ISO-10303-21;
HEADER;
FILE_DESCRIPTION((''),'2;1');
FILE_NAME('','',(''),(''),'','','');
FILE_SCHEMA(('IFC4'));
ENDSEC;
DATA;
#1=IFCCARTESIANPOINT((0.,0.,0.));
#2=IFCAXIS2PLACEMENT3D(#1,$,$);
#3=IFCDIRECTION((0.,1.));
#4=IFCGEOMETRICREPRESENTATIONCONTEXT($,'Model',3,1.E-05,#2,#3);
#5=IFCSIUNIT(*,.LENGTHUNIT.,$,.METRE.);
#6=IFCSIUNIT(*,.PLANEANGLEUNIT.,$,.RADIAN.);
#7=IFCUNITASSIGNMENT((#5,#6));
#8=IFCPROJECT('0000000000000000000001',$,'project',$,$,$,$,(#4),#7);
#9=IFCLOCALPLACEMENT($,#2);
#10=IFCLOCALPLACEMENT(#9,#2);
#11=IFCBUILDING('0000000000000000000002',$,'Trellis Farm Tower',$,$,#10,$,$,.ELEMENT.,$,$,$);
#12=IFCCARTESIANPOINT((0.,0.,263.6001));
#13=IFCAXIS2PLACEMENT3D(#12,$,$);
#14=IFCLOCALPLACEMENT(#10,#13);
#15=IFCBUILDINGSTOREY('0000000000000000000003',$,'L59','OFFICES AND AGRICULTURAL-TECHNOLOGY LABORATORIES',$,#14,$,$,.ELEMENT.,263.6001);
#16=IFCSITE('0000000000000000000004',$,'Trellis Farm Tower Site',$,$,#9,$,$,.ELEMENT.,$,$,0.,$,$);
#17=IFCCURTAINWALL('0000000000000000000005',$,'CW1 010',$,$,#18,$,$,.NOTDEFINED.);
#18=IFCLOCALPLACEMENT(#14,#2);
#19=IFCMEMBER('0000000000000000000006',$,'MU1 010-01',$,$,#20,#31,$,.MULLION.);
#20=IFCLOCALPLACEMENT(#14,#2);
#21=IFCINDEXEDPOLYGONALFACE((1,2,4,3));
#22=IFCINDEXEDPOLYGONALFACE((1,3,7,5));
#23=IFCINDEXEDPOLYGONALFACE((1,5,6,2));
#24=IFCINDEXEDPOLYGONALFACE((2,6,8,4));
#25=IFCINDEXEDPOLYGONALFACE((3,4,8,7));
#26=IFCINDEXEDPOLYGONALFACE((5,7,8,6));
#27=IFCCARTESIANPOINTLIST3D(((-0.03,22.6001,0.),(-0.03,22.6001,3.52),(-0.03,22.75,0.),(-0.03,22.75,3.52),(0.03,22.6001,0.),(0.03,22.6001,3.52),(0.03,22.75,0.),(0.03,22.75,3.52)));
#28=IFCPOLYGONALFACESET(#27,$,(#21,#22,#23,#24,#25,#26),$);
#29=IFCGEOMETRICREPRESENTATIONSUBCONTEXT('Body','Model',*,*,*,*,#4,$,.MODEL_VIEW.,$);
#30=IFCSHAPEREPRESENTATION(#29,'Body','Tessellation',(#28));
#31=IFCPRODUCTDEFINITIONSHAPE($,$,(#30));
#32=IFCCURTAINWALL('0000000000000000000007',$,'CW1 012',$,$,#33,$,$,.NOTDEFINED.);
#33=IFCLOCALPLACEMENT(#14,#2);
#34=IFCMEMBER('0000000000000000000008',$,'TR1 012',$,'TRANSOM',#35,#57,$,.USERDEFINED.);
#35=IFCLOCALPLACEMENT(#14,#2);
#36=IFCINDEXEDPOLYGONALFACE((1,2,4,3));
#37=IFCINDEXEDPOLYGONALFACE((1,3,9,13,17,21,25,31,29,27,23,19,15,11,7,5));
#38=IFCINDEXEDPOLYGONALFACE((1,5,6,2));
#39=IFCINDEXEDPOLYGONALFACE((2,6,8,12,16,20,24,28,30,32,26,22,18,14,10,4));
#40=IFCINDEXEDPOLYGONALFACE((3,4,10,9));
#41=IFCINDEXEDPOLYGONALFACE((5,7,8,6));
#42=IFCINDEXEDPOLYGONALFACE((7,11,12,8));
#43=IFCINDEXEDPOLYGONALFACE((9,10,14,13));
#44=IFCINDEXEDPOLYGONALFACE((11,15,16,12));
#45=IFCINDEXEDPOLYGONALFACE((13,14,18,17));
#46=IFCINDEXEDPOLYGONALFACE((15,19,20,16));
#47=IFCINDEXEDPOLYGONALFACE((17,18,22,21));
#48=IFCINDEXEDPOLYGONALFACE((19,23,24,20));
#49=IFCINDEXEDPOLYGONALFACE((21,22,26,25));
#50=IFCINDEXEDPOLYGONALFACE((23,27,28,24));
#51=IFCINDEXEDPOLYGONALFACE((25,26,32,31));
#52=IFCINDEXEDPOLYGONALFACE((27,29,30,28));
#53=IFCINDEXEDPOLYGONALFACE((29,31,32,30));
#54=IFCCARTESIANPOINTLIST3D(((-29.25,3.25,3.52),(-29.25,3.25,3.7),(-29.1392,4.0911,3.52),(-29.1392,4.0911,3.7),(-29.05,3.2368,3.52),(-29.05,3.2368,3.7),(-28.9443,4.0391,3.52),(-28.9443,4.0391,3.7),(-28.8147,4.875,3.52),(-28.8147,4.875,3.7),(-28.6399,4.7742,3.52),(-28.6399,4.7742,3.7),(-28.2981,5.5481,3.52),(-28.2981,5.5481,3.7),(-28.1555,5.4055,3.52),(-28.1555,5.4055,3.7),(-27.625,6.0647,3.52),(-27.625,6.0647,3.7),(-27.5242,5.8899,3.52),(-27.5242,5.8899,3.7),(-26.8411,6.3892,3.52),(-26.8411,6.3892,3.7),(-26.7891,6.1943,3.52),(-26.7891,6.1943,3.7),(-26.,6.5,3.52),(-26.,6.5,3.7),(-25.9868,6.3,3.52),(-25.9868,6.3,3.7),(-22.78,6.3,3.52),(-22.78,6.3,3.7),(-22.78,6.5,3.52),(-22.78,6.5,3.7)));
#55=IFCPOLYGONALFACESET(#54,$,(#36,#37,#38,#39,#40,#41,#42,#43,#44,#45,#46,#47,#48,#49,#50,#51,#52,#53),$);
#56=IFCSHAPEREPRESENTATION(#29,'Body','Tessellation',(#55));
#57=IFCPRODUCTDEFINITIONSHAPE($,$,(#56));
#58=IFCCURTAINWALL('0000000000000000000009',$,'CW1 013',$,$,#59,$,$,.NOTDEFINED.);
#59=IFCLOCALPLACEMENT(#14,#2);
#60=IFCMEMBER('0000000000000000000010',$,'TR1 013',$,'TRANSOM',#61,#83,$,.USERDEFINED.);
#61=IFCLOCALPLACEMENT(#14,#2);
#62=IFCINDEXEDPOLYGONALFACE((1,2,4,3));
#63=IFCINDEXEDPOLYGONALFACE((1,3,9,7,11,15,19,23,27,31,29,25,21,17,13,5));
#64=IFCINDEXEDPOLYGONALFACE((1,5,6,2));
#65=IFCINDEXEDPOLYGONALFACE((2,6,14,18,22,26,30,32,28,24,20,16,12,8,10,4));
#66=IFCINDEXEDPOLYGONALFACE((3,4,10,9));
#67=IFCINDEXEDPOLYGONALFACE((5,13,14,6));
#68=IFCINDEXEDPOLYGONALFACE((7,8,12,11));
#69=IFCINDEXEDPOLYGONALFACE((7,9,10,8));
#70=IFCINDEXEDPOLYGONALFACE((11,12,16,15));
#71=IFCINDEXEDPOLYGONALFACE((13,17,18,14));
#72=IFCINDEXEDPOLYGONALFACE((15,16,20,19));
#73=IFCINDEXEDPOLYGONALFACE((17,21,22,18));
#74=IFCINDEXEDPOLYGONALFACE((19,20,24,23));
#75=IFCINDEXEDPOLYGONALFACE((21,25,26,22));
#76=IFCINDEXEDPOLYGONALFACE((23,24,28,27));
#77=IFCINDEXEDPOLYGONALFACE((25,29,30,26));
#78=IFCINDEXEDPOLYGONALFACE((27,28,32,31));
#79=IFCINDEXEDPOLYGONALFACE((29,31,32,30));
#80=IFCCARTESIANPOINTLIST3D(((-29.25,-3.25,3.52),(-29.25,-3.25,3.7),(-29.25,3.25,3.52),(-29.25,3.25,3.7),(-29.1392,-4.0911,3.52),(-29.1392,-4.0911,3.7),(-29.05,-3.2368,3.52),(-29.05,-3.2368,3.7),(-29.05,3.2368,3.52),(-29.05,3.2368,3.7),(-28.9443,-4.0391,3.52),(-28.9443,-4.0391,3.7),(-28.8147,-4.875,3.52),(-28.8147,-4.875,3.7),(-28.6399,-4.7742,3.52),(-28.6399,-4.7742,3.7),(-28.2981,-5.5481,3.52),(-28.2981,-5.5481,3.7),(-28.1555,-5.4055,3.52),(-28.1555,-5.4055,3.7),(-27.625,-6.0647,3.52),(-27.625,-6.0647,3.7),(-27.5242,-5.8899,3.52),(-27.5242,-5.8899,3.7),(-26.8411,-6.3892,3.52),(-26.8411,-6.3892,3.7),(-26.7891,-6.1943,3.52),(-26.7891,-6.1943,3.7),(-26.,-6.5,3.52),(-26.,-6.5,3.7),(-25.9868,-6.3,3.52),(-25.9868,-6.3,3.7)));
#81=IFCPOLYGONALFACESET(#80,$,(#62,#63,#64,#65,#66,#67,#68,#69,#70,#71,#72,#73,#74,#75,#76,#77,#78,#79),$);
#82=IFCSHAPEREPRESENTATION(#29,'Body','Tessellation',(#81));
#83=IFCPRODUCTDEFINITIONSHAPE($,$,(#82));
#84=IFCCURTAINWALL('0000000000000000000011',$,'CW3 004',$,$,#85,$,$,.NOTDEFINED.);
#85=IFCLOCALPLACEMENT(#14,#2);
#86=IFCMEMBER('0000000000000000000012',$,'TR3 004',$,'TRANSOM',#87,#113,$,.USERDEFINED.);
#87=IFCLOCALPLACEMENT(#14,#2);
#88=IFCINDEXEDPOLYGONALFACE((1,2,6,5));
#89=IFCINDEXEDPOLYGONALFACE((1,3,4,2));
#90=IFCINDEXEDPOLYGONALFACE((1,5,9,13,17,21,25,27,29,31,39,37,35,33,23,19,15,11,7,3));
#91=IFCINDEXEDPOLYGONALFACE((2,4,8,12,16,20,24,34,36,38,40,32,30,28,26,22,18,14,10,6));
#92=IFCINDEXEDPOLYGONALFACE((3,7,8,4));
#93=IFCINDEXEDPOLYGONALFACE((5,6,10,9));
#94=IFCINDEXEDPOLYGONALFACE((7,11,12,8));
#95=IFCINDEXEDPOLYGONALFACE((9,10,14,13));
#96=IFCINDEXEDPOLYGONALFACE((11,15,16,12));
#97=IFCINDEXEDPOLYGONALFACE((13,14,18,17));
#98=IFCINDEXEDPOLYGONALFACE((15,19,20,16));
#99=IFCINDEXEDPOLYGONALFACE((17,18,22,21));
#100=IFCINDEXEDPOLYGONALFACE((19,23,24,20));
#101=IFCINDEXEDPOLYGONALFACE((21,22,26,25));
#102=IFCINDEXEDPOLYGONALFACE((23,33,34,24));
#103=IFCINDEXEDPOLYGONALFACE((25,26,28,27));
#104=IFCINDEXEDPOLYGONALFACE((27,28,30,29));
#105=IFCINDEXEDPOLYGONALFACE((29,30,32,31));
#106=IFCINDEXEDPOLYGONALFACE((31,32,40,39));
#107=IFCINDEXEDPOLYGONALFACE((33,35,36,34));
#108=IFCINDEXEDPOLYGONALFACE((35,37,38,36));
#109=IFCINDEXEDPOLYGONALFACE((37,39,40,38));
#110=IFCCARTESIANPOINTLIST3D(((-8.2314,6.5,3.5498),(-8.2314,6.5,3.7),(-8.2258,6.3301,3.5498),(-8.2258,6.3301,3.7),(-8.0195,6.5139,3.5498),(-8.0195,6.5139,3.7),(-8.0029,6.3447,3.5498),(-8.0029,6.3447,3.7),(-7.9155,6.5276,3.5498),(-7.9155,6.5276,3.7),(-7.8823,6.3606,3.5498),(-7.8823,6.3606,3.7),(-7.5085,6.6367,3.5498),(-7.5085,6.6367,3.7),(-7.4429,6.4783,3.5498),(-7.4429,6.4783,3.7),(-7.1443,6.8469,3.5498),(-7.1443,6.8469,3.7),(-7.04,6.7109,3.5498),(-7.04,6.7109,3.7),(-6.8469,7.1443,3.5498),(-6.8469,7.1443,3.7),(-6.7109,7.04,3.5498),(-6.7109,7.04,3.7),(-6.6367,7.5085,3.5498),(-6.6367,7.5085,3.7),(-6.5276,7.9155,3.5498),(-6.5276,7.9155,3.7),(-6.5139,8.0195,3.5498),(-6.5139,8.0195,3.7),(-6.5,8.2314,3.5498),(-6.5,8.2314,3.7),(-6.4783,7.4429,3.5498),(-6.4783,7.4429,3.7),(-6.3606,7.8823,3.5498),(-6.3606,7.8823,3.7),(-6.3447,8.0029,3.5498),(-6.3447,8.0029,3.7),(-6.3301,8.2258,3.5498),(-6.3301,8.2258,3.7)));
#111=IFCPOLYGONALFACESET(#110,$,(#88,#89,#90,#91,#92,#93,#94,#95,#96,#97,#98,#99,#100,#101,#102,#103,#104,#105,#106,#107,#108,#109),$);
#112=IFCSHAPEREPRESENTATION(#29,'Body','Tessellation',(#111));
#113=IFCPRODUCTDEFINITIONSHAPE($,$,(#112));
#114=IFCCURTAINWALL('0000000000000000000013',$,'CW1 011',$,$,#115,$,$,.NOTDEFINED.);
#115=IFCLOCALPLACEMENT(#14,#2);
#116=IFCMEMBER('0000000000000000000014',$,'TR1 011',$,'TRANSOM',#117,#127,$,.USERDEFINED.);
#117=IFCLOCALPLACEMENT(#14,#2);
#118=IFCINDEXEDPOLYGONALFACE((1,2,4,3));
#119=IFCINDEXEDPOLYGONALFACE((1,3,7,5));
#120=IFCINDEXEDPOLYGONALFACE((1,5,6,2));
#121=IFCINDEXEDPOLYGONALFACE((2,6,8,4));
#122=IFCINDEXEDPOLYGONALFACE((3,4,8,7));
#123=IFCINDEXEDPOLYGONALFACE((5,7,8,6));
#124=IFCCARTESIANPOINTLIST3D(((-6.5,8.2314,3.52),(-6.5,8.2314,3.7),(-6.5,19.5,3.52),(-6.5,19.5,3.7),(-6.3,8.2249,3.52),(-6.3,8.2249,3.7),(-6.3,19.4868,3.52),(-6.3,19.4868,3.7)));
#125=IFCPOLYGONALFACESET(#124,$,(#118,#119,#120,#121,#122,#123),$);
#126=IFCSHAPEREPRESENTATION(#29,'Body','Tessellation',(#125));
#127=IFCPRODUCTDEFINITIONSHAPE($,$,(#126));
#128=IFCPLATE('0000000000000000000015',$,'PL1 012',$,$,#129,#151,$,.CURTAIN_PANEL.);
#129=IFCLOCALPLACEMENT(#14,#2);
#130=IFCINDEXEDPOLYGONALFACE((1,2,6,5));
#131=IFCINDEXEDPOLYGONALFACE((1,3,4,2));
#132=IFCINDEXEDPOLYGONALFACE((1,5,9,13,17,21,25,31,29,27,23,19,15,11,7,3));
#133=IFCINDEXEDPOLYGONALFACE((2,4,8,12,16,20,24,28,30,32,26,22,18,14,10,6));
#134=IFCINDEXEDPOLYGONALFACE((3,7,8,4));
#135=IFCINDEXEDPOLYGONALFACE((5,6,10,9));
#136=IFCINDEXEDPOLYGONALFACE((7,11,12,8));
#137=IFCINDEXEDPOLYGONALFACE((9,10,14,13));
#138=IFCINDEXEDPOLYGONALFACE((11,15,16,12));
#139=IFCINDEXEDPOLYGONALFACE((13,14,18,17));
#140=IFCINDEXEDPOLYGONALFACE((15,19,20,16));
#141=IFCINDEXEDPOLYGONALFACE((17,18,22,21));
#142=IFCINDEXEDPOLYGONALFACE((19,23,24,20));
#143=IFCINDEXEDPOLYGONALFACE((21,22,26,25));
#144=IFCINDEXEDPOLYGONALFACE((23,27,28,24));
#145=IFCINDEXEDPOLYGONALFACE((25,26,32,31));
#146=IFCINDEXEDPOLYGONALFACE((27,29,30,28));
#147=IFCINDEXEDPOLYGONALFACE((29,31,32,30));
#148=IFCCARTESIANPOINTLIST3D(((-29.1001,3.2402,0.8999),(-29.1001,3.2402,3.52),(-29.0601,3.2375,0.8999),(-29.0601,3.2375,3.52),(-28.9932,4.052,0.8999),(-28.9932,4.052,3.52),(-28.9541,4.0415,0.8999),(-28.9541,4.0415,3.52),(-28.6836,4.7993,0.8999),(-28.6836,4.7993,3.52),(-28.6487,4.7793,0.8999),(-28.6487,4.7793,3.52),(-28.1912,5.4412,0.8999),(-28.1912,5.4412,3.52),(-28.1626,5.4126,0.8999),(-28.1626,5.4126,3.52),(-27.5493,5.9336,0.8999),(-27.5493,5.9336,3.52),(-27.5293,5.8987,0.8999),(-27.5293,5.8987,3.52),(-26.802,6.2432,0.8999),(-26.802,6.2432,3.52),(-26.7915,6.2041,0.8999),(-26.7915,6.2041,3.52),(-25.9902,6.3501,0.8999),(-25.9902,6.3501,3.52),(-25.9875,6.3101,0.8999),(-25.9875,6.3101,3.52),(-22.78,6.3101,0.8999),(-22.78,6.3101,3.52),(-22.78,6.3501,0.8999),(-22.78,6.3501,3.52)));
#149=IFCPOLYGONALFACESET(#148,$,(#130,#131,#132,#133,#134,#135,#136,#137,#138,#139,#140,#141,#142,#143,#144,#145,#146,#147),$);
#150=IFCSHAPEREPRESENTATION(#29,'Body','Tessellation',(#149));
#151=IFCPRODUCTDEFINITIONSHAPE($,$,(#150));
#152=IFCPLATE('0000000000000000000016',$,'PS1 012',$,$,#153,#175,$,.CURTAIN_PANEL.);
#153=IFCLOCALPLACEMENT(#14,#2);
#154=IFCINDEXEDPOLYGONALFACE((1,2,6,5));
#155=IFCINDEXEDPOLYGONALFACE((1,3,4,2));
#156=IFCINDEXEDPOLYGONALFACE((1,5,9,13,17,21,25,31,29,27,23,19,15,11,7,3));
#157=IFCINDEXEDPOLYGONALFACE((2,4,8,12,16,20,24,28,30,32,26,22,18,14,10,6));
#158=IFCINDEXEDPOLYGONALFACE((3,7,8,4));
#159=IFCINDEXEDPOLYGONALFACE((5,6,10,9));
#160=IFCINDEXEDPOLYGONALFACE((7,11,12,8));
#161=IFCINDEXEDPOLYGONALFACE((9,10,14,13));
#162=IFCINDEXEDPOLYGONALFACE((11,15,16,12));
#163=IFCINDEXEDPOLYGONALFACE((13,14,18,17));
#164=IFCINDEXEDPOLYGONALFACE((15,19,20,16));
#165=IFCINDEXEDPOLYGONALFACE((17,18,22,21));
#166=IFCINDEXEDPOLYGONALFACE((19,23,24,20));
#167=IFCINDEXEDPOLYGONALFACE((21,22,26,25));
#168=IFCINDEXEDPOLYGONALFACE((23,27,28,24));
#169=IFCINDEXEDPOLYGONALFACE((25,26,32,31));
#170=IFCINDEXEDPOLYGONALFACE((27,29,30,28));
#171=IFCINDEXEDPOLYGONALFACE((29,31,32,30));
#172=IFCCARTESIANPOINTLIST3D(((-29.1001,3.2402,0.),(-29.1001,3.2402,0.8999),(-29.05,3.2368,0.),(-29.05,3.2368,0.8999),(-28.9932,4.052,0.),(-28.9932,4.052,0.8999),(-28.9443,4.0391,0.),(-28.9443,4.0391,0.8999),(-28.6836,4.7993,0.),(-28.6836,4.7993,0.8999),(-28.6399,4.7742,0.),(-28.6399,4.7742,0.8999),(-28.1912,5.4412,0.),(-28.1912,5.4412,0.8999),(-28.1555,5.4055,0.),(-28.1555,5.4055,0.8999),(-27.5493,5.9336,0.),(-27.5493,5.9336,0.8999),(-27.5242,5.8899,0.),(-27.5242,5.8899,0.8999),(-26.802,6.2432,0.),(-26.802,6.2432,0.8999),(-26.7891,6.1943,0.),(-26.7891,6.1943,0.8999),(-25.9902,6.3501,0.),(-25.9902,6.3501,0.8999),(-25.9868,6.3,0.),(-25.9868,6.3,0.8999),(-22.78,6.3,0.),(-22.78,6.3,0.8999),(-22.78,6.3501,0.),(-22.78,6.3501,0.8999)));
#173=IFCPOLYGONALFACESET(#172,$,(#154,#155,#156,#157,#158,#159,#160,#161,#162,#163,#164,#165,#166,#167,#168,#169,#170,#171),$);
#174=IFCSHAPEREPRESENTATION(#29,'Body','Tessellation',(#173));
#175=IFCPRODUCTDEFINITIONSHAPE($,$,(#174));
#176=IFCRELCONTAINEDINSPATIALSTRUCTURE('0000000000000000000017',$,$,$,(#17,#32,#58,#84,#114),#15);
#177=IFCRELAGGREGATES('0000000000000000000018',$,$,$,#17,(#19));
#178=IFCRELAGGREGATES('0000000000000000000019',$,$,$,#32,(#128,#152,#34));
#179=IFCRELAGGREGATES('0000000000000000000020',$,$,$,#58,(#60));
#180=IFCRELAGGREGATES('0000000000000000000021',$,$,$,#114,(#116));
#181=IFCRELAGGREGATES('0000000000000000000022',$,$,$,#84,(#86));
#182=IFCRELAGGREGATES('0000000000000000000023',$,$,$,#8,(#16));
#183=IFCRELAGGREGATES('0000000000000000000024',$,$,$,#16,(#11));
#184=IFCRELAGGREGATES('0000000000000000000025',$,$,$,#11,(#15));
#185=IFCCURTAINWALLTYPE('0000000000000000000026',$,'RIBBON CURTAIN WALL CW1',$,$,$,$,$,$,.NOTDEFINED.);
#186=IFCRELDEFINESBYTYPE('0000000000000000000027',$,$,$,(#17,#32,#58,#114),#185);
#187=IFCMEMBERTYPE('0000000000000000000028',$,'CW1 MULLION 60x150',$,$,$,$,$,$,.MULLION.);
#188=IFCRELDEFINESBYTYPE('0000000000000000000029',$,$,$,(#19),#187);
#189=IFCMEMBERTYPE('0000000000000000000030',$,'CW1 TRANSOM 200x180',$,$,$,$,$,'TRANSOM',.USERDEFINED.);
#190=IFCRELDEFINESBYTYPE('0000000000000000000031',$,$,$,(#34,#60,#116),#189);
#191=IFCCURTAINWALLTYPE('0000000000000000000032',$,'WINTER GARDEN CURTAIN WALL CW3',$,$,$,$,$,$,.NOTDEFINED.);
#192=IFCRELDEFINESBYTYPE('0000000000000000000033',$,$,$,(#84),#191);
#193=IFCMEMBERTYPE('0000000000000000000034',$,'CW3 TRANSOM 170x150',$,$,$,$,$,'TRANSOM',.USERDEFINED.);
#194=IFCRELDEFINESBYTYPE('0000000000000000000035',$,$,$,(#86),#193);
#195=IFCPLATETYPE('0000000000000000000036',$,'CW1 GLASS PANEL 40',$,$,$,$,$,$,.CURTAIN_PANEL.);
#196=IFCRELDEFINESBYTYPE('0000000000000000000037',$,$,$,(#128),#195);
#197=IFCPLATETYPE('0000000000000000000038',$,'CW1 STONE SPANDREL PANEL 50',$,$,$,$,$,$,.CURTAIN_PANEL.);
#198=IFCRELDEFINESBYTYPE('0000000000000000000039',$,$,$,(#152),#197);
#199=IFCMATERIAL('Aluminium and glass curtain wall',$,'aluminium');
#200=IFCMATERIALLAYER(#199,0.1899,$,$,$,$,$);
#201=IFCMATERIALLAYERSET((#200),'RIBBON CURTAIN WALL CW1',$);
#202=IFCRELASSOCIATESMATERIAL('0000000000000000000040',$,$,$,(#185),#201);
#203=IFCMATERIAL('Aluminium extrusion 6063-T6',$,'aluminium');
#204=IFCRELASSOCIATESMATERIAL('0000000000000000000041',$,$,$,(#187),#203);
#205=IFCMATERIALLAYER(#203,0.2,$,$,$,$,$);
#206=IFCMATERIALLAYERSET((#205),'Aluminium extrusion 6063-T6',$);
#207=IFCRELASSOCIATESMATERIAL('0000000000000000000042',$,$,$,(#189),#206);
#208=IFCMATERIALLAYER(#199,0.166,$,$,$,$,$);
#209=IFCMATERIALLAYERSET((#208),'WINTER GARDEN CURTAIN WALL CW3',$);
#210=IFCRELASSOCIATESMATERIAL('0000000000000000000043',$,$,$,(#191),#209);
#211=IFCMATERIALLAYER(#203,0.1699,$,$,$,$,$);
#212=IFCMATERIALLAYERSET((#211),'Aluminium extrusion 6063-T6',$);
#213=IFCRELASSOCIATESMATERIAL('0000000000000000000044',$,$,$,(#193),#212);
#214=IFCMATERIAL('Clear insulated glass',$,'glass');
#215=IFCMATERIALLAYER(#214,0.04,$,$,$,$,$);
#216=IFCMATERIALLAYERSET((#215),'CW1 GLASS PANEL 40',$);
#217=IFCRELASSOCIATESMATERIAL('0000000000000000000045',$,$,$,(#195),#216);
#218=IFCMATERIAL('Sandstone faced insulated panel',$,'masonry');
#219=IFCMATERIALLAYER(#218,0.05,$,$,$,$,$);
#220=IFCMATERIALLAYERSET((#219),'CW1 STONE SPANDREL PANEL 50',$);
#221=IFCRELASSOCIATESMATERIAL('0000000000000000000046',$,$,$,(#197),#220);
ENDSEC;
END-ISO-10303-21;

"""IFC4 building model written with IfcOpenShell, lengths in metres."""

from ifc_helpers import new_model, si_unit, direction, frame, origin, origin_2d, place, context, subcontext, project, spatial, polyline, rectangle, outline, extrude, source, transform, mapped, material, layer, layer_set, material_profile, profile_set, type_object, element, aggregate, save


model = new_model("IFC4")

# Units and contexts
model_context = context("Model", 3, precision=1e-05, world=origin(), true_north=direction((0.0, 1.0)))
body_context = subcontext(model_context, "Body", "Model", "MODEL_VIEW")
ifc_project = project(units=[si_unit("LENGTHUNIT", "METRE"), si_unit("PLANEANGLEUNIT", "RADIAN")], contexts=[model_context])

# Site, building, storey
site_placement = place(None, origin())
site = spatial("IfcSite", under=ifc_project, at=site_placement, Name="Trellis Farm Tower Site", CompositionType="ELEMENT", RefElevation=0.0)
building_placement = place(site_placement, origin())
building = spatial("IfcBuilding", under=site, at=building_placement, Name="Trellis Farm Tower", CompositionType="ELEMENT")
storey_placement = place(building_placement, frame((0.0, 0.0, 263.6001)))
storey = spatial("IfcBuildingStorey", under=building, at=storey_placement, Name="L59", Description="OFFICES AND AGRICULTURAL-TECHNOLOGY LABORATORIES", CompositionType="ELEMENT", Elevation=263.6001)

# Curtain walls, members
ifc_material_1 = material(Name="Aluminium and glass curtain wall", Category="aluminium")
ifc_layer_1 = layer(ifc_material_1, 0.1899)
ifc_layer_set_1 = layer_set([ifc_layer_1], Name="RIBBON CURTAIN WALL CW1")
curtain_wall_type_1 = type_object("IfcCurtainWallType", Name="RIBBON CURTAIN WALL CW1", PredefinedType="NOTDEFINED", material=ifc_layer_set_1)
placement_1 = place(storey_placement, origin())
curtain_wall_1 = element("IfcCurtainWall", 1, at=placement_1, inside=storey, type_object=curtain_wall_type_1, Name="CW1 010", PredefinedType="NOTDEFINED")
ifc_material_2 = material(Name="Aluminium extrusion 6063-T6", Category="aluminium")
ifc_material_profile = material_profile(ifc_material_2, rectangle(XDim=0.0601, YDim=0.1499, at=origin_2d()), Name="MULLION 60x150")
ifc_profile_set = profile_set([ifc_material_profile], Name="Aluminium extrusion 6063-T6")
member_type_1 = type_object("IfcMemberType", Name="CW1 MULLION 60x150", PredefinedType="MULLION", material=ifc_profile_set)
shared_shape_1 = source(origin(), body_context, "Body", "SweptSolid", [
    extrude(rectangle(XDim=0.0601, YDim=0.1499, at=origin_2d()), origin(), (0.0, 0.0, 1.0), 3.52),
])
member_1_placement = place(storey_placement, frame((0.0, 22.675, 0.0), z_axis=(0.0, 0.0, 1.0), x_axis=(-1.0, 0.0, 0.0)))
member_1 = element("IfcMember", 2, at=member_1_placement, type_object=member_type_1, Name="MU1 010-01", PredefinedType="MULLION", context=body_context, shape_type="MappedRepresentation", body=[
    mapped(shared_shape_1, transform((0.0, 0.0, 0.0))),
])
aggregate(curtain_wall_1, [member_1])
curtain_wall_2 = element("IfcCurtainWall", 3, at=placement_1, inside=storey, type_object=curtain_wall_type_1, Name="CW1 012", PredefinedType="NOTDEFINED")
ifc_layer_2 = layer(ifc_material_2, 0.2)
ifc_layer_set_2 = layer_set([ifc_layer_2], Name="Aluminium extrusion 6063-T6")
member_type_2 = type_object("IfcMemberType", Name="CW1 TRANSOM 200x180", ElementType="TRANSOM", PredefinedType="USERDEFINED", material=ifc_layer_set_2)
shared_shape_2 = source(origin(), body_context, "Body", "SweptSolid", [
    extrude(outline(polyline([(-22.78, 6.5), (-26.0, 6.5), (-26.8411, 6.3892), (-27.625, 6.0647), (-28.2981, 5.5481), (-28.8147, 4.875), (-29.1392, 4.0911), (-29.25, 3.25), (-29.05, 3.2368), (-28.9443, 4.0391), (-28.6399, 4.7742), (-28.1555, 5.4055), (-27.5242, 5.8899), (-26.7891, 6.1943), (-25.9868, 6.3), (-22.78, 6.3), (-22.78, 6.5)])), origin(), (0.0, 0.0, 1.0), 0.1799),
])
placement_2 = place(storey_placement, frame((0.0, 0.0, 3.52)))
member_2 = element("IfcMember", 4, at=placement_2, type_object=member_type_2, Name="TR1 012", ObjectType="TRANSOM", PredefinedType="USERDEFINED", context=body_context, shape_type="MappedRepresentation", body=[
    mapped(shared_shape_2, transform((0.0, 0.0, 0.0))),
])
curtain_wall_3 = element("IfcCurtainWall", 5, at=placement_1, inside=storey, type_object=curtain_wall_type_1, Name="CW1 013", PredefinedType="NOTDEFINED")
shared_shape_3 = source(origin(), body_context, "Body", "SweptSolid", [
    extrude(outline(polyline([(-29.25, 3.25), (-29.25, -3.25), (-29.1392, -4.0911), (-28.8147, -4.875), (-28.2981, -5.5481), (-27.625, -6.0647), (-26.8411, -6.3892), (-26.0, -6.5), (-25.9868, -6.3), (-26.7891, -6.1943), (-27.5242, -5.8899), (-28.1555, -5.4055), (-28.6399, -4.7742), (-28.9443, -4.0391), (-29.05, -3.2368), (-29.05, 3.2368), (-29.25, 3.25)])), origin(), (0.0, 0.0, 1.0), 0.1799),
])
member_3 = element("IfcMember", 6, at=placement_2, type_object=member_type_2, Name="TR1 013", ObjectType="TRANSOM", PredefinedType="USERDEFINED", context=body_context, shape_type="MappedRepresentation", body=[
    mapped(shared_shape_3, transform((0.0, 0.0, 0.0))),
])
ifc_layer_3 = layer(ifc_material_1, 0.166)
ifc_layer_set_3 = layer_set([ifc_layer_3], Name="WINTER GARDEN CURTAIN WALL CW3")
curtain_wall_type_2 = type_object("IfcCurtainWallType", Name="WINTER GARDEN CURTAIN WALL CW3", PredefinedType="NOTDEFINED", material=ifc_layer_set_3)
curtain_wall_4 = element("IfcCurtainWall", 7, at=placement_1, inside=storey, type_object=curtain_wall_type_2, Name="CW3 004", PredefinedType="NOTDEFINED")
ifc_layer_4 = layer(ifc_material_2, 0.1699)
ifc_layer_set_4 = layer_set([ifc_layer_4], Name="Aluminium extrusion 6063-T6")
member_type_3 = type_object("IfcMemberType", Name="CW3 TRANSOM 170x150", ElementType="TRANSOM", PredefinedType="USERDEFINED", material=ifc_layer_set_4)
shared_shape_4 = source(origin(), body_context, "Body", "SweptSolid", [
    extrude(outline(polyline([(-6.5, 8.2314), (-6.5139, 8.0195), (-6.5276, 7.9155), (-6.6367, 7.5085), (-6.8469, 7.1443), (-7.1443, 6.8469), (-7.5085, 6.6367), (-7.9155, 6.5276), (-8.0195, 6.5139), (-8.2314, 6.5), (-8.2258, 6.3301), (-8.0029, 6.3447), (-7.8823, 6.3606), (-7.4429, 6.4783), (-7.04, 6.7109), (-6.7109, 7.04), (-6.4783, 7.4429), (-6.3606, 7.8823), (-6.3447, 8.0029), (-6.3301, 8.2258), (-6.5, 8.2314)])), origin(), (0.0, 0.0, 1.0), 0.1501),
])
member_4_placement = place(storey_placement, frame((0.0, 0.0, 3.5498)))
member_4 = element("IfcMember", 8, at=member_4_placement, type_object=member_type_3, Name="TR3 004", ObjectType="TRANSOM", PredefinedType="USERDEFINED", context=body_context, shape_type="MappedRepresentation", body=[
    mapped(shared_shape_4, transform((0.0, 0.0, 0.0))),
])
curtain_wall_5 = element("IfcCurtainWall", 9, at=placement_1, inside=storey, type_object=curtain_wall_type_1, Name="CW1 011", PredefinedType="NOTDEFINED")
shared_shape_5 = source(origin(), body_context, "Body", "SweptSolid", [
    extrude(outline(polyline([(-6.5, 19.5), (-6.5, 8.2314), (-6.3, 8.2249), (-6.3, 19.4868), (-6.5, 19.5)])), origin(), (0.0, 0.0, 1.0), 0.1799),
])
member_5 = element("IfcMember", 10, at=placement_2, type_object=member_type_2, Name="TR1 011", ObjectType="TRANSOM", PredefinedType="USERDEFINED", context=body_context, shape_type="MappedRepresentation", body=[
    mapped(shared_shape_5, transform((0.0, 0.0, 0.0))),
])

# Plates
ifc_material_3 = material(Name="Clear insulated glass", Category="glass")
ifc_layer_5 = layer(ifc_material_3, 0.04)
ifc_layer_set_5 = layer_set([ifc_layer_5], Name="CW1 GLASS PANEL 40")
plate_type_1 = type_object("IfcPlateType", Name="CW1 GLASS PANEL 40", PredefinedType="CURTAIN_PANEL", material=ifc_layer_set_5)
shared_shape_6 = source(origin(), body_context, "Body", "SweptSolid", [
    extrude(outline(polyline([(-22.78, 6.3501), (-25.9902, 6.3501), (-26.802, 6.2432), (-27.5493, 5.9336), (-28.1912, 5.4412), (-28.6836, 4.7993), (-28.9932, 4.052), (-29.1001, 3.2402), (-29.0601, 3.2375), (-28.9541, 4.0415), (-28.6487, 4.7793), (-28.1626, 5.4126), (-27.5293, 5.8987), (-26.7915, 6.2041), (-25.9875, 6.3101), (-22.78, 6.3101), (-22.78, 6.3501)])), origin(), (0.0, 0.0, 1.0), 2.6201),
])
placement_3 = place(storey_placement, frame((0.0, 0.0, 0.8999)))
plate_1 = element("IfcPlate", 11, at=placement_3, type_object=plate_type_1, Name="PL1 012", PredefinedType="CURTAIN_PANEL", context=body_context, shape_type="MappedRepresentation", body=[
    mapped(shared_shape_6, transform((0.0, 0.0, 0.0))),
])
ifc_material_4 = material(Name="Sandstone faced insulated panel", Category="masonry")
ifc_layer_6 = layer(ifc_material_4, 0.05)
ifc_layer_set_6 = layer_set([ifc_layer_6], Name="CW1 STONE SPANDREL PANEL 50")
plate_type_2 = type_object("IfcPlateType", Name="CW1 STONE SPANDREL PANEL 50", PredefinedType="CURTAIN_PANEL", material=ifc_layer_set_6)
shared_shape_7 = source(origin(), body_context, "Body", "SweptSolid", [
    extrude(outline(polyline([(-22.78, 6.3501), (-25.9902, 6.3501), (-26.802, 6.2432), (-27.5493, 5.9336), (-28.1912, 5.4412), (-28.6836, 4.7993), (-28.9932, 4.052), (-29.1001, 3.2402), (-29.05, 3.2368), (-28.9443, 4.0391), (-28.6399, 4.7742), (-28.1555, 5.4055), (-27.5242, 5.8899), (-26.7891, 6.1943), (-25.9868, 6.3), (-22.78, 6.3), (-22.78, 6.3501)])), origin(), (0.0, 0.0, 1.0), 0.8999),
])
plate_2 = element("IfcPlate", 12, at=placement_1, type_object=plate_type_2, Name="PS1 012", PredefinedType="CURTAIN_PANEL", context=body_context, shape_type="MappedRepresentation", body=[
    mapped(shared_shape_7, transform((0.0, 0.0, 0.0))),
])
aggregate(curtain_wall_2, [plate_1, plate_2, member_2])
aggregate(curtain_wall_3, [member_3])
aggregate(curtain_wall_5, [member_5])
aggregate(curtain_wall_4, [member_4])

save(model, "model.ifc")
